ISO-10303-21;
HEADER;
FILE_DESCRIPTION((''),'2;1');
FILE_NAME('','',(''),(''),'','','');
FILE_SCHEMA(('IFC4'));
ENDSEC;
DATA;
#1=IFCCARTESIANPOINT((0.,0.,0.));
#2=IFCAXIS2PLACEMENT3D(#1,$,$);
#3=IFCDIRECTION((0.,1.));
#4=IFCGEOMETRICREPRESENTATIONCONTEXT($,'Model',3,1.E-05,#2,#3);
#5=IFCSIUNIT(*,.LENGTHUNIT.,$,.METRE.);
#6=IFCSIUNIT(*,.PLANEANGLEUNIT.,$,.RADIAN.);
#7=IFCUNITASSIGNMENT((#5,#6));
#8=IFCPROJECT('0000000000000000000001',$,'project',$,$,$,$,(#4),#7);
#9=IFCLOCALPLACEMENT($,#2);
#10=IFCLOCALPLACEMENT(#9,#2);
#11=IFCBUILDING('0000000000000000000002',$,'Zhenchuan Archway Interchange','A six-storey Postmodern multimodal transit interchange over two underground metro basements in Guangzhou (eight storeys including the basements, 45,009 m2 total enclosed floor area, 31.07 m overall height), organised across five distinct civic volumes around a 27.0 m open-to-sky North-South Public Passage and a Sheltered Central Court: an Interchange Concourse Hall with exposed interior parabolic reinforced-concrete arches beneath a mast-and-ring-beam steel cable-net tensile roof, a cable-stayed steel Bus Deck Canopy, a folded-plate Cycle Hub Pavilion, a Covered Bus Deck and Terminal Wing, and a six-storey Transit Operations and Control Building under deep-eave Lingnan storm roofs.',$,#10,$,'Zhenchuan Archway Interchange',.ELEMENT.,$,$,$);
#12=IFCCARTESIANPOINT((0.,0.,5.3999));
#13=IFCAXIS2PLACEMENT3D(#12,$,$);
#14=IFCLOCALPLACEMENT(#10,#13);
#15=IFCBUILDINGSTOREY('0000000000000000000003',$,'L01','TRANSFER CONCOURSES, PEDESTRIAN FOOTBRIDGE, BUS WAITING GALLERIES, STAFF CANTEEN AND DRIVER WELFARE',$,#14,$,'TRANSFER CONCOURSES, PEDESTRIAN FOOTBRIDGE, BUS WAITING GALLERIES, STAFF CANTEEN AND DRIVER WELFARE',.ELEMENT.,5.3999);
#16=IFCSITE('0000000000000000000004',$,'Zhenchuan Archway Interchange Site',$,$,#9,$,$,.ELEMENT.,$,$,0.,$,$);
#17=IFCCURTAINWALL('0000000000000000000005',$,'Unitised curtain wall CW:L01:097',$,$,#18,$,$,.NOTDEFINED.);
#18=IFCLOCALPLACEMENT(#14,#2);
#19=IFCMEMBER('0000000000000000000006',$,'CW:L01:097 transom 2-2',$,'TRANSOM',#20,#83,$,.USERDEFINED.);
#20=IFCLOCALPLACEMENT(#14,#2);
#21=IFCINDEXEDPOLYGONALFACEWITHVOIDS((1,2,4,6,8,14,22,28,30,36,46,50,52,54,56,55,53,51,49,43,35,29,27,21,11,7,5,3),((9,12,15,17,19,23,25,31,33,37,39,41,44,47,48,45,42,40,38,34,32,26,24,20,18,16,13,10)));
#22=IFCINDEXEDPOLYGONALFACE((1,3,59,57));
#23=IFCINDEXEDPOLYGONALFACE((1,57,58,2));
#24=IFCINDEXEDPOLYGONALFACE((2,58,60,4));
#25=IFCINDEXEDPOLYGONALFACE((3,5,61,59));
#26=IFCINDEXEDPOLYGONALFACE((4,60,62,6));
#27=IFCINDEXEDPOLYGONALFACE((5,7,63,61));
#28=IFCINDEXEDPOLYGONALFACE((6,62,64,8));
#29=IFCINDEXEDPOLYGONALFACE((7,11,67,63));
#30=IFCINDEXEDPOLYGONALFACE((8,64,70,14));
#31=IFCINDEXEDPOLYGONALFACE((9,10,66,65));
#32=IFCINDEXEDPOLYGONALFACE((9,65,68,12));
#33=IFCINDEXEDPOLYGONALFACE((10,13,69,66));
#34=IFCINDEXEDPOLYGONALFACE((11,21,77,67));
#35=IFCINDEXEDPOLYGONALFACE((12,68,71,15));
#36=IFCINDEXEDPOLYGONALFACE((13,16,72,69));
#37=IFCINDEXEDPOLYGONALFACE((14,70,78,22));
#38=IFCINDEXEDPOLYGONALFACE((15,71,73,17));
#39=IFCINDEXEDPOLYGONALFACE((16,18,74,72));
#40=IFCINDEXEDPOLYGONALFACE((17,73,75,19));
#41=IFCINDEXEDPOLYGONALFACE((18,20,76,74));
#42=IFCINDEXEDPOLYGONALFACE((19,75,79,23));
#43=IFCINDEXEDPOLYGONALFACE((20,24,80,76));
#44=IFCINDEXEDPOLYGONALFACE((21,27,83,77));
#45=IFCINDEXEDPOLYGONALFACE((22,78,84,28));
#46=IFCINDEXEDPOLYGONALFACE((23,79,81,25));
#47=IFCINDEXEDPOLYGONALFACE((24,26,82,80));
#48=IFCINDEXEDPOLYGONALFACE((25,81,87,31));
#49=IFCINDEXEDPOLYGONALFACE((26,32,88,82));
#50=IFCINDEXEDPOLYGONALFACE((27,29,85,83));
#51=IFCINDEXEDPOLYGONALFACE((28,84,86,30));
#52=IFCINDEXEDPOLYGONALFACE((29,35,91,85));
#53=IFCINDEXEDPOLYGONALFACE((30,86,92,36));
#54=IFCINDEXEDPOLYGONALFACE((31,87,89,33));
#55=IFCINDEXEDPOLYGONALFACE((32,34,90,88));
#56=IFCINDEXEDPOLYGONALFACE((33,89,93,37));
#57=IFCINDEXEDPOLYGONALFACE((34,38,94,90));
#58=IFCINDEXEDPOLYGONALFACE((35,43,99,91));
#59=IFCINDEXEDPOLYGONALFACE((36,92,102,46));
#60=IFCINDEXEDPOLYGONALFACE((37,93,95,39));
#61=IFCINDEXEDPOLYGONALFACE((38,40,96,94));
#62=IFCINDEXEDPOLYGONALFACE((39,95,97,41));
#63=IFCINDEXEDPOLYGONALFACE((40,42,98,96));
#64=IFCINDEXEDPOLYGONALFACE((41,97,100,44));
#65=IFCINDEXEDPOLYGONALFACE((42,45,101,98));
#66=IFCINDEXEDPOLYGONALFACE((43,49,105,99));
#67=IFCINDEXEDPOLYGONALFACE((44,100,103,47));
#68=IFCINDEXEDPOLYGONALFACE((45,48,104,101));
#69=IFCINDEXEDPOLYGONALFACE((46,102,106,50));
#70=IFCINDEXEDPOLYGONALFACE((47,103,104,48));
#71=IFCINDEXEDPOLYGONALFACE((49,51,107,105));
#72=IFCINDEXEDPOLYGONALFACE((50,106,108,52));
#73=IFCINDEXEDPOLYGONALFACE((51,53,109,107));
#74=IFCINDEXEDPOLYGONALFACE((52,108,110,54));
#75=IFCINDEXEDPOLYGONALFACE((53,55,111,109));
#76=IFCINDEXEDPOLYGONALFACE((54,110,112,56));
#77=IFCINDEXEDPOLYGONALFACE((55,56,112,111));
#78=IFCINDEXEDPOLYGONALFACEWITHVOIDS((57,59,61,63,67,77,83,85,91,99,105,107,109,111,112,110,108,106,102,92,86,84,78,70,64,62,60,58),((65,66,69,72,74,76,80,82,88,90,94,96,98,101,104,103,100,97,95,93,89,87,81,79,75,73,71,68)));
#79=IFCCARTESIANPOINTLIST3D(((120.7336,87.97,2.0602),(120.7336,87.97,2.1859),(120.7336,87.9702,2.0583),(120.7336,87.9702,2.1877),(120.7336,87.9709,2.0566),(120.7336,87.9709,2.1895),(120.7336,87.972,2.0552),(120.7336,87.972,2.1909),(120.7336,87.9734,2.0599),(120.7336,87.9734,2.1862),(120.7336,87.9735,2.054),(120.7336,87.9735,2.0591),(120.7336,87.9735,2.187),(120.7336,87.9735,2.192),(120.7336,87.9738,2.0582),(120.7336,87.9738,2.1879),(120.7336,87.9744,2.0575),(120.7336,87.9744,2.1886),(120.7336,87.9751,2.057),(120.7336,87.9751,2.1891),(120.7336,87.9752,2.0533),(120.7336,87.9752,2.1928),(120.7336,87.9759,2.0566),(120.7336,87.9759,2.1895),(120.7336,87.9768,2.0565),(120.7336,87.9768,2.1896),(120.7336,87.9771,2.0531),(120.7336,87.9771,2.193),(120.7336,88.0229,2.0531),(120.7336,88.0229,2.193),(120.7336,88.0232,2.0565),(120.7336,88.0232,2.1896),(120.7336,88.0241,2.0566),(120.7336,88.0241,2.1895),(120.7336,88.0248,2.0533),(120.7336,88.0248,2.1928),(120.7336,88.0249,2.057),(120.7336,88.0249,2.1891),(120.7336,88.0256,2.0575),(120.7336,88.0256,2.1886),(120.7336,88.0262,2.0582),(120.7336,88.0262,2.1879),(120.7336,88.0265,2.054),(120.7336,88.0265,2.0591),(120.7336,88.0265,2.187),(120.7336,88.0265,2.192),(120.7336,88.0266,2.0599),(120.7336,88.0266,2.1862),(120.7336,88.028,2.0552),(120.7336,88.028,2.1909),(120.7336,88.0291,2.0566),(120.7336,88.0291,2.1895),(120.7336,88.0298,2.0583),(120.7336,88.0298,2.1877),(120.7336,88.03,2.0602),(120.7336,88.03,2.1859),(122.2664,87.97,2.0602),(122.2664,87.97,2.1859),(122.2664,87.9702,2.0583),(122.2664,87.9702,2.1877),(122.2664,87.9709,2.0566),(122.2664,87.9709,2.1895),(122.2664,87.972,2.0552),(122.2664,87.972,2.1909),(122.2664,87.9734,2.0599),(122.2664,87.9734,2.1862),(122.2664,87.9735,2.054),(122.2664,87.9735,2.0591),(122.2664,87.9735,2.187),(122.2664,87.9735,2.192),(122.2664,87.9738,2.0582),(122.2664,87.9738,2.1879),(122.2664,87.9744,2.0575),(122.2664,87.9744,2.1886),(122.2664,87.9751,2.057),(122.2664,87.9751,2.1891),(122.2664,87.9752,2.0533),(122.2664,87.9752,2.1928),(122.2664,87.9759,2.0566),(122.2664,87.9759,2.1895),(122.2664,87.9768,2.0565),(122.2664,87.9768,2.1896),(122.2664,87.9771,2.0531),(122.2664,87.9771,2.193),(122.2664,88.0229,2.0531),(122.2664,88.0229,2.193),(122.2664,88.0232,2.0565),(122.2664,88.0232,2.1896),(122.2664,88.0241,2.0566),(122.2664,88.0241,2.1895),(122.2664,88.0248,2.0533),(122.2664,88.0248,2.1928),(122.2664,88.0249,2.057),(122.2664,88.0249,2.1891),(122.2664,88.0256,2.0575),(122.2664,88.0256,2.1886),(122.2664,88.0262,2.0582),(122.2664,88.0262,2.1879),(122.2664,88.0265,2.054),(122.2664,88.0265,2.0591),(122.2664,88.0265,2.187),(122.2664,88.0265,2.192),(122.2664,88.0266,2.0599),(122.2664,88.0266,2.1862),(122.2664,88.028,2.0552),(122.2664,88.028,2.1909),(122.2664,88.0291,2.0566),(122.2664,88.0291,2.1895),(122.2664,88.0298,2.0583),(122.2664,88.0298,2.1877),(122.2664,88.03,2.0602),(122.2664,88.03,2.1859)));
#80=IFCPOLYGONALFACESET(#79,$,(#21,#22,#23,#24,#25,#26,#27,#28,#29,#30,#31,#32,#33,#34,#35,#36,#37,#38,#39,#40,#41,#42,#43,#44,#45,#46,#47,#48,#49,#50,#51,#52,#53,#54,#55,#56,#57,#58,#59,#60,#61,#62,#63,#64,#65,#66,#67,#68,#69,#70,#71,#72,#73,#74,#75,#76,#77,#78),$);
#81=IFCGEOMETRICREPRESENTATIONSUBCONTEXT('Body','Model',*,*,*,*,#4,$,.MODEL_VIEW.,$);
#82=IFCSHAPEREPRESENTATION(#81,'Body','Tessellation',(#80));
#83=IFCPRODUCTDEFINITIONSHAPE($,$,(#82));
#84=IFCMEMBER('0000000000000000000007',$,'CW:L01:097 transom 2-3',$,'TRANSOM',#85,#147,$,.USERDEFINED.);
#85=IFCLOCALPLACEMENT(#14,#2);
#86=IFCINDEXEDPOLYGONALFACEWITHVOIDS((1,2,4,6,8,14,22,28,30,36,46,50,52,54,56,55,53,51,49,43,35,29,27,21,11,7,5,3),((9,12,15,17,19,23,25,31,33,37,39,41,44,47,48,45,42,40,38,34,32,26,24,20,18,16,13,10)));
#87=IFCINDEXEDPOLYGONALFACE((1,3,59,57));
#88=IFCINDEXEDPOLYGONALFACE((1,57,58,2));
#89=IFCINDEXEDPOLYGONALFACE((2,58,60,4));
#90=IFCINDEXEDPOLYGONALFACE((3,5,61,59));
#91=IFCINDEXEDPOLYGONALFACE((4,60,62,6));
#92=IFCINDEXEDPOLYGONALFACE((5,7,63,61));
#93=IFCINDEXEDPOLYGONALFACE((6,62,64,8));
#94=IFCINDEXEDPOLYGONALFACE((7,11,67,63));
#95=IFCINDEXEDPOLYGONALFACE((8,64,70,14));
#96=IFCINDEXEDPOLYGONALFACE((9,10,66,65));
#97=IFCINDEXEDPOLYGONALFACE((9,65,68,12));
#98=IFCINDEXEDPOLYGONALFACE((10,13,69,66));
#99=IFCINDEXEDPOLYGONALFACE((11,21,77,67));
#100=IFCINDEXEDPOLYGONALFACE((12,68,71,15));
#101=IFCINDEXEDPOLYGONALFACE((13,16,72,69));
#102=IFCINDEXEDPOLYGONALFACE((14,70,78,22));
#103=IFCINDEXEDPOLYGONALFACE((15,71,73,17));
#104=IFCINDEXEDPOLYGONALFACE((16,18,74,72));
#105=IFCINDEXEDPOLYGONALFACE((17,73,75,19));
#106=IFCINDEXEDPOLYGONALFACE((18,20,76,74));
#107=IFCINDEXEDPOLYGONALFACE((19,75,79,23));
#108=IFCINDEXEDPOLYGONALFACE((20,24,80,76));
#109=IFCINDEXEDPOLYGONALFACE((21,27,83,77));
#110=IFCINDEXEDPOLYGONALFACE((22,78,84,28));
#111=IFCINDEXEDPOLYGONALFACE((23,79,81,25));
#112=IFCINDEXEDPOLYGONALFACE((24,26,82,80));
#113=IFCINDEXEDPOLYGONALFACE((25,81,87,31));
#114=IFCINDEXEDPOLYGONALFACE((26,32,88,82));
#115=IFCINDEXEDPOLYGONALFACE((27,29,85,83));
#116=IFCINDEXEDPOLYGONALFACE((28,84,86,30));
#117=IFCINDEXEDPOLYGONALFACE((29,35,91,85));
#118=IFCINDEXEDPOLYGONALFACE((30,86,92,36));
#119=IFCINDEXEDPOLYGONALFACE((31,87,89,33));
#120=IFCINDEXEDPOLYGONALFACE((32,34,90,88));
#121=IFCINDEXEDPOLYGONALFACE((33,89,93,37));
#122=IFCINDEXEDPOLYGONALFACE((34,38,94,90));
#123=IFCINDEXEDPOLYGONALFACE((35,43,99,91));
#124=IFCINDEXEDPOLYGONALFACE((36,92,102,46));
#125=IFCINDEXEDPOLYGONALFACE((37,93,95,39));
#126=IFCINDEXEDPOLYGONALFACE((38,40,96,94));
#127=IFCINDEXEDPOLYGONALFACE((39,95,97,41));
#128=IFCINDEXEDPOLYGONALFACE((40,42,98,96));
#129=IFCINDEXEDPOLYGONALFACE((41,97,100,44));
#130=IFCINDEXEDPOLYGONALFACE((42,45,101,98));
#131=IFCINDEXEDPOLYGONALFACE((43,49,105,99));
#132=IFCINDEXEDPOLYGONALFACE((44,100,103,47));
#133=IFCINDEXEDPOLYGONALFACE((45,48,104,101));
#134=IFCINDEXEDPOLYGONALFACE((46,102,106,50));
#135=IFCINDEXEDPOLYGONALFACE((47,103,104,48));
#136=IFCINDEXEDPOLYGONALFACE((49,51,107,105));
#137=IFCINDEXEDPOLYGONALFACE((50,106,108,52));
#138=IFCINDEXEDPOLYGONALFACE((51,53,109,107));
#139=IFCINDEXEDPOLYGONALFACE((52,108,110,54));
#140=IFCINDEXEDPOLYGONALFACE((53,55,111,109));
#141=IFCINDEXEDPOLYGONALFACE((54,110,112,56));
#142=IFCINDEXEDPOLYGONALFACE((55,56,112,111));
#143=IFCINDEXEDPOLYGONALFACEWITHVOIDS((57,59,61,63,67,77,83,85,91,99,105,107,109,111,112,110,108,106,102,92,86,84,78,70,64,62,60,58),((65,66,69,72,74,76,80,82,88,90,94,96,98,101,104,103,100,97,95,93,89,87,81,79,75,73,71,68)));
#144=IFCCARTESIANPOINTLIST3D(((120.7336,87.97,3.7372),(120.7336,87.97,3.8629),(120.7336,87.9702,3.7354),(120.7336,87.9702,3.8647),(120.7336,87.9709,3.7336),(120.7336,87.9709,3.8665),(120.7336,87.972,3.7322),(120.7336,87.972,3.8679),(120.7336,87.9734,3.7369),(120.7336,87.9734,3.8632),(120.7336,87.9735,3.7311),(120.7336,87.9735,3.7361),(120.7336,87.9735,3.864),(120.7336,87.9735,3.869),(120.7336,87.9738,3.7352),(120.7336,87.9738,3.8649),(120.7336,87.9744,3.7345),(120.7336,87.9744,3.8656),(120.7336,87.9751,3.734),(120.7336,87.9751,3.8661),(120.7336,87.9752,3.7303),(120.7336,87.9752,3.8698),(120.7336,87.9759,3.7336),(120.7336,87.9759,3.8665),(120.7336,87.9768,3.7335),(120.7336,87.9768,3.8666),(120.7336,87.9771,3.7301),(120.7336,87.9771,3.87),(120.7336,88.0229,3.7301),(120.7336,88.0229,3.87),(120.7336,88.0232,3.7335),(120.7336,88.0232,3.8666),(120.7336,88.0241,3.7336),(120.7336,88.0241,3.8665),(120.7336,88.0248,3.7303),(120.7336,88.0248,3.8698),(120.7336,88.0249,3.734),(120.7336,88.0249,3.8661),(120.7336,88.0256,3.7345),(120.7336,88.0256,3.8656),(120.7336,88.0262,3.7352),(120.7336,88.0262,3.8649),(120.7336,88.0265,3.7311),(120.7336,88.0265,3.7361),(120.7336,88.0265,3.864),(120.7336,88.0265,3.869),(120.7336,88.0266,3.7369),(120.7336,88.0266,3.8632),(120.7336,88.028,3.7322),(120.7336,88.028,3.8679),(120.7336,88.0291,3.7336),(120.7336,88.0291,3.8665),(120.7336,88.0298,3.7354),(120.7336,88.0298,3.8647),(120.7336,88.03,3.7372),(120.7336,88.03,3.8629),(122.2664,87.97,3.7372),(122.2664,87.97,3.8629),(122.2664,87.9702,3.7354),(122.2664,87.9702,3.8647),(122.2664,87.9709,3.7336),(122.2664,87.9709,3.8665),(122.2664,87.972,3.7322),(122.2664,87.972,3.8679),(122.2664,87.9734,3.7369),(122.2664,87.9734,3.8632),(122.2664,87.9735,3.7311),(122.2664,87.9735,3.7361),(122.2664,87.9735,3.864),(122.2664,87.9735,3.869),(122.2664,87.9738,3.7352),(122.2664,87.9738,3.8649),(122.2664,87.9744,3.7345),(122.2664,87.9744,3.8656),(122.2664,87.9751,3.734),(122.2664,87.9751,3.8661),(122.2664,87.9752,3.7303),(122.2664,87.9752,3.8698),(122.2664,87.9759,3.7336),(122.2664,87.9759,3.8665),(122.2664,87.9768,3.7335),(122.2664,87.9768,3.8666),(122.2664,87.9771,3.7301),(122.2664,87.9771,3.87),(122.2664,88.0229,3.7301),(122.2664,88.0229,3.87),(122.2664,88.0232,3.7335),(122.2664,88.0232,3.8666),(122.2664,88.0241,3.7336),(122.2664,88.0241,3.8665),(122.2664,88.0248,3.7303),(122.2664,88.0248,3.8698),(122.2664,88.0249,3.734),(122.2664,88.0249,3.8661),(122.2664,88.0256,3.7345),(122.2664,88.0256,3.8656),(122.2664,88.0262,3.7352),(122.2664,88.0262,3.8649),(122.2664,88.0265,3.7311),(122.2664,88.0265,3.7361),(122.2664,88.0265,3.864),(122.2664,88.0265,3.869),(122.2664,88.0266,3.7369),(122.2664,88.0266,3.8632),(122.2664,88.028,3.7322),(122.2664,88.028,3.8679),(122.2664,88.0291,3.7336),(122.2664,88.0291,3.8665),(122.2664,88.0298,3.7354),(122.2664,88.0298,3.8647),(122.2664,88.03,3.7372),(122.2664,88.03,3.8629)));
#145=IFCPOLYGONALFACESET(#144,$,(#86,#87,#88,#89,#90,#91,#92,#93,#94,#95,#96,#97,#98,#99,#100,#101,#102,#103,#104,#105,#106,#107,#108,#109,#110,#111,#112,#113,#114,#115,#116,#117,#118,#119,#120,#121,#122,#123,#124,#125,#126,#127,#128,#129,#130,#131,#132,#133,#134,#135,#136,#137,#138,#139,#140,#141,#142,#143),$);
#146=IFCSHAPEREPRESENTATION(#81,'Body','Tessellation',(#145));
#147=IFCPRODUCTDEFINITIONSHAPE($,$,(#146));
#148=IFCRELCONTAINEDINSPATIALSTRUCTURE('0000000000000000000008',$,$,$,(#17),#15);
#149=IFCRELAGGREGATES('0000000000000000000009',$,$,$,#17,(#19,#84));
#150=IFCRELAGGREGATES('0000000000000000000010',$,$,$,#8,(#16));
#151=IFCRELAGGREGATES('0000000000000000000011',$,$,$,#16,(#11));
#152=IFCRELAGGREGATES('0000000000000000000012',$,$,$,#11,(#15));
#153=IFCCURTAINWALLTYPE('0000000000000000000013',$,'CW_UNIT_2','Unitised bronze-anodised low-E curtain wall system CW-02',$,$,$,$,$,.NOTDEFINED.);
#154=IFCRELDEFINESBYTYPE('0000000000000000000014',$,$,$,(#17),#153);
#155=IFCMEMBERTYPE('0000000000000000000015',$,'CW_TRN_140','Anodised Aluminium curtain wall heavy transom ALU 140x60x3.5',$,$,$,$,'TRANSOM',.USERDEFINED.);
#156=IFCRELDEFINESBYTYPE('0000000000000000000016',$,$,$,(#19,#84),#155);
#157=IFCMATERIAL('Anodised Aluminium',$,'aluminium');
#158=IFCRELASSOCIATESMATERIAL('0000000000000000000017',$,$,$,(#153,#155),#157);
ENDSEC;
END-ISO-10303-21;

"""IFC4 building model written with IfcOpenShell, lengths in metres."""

from ifc_helpers import new_model, si_unit, direction, frame, origin, origin_2d, place, context, subcontext, project, spatial, hollow_rectangle, extrude, material, material_profile, profile_set, type_object, element, aggregate, save


model = new_model("IFC4")

# Units and contexts
model_context = context("Model", 3, precision=1e-05, world=origin(), true_north=direction((0.0, 1.0)))
body_context = subcontext(model_context, "Body", "Model", "MODEL_VIEW")
ifc_project = project(units=[si_unit("LENGTHUNIT", "METRE"), si_unit("PLANEANGLEUNIT", "RADIAN")], contexts=[model_context])

# Site, building, storey
site_placement = place(None, origin())
site = spatial("IfcSite", under=ifc_project, at=site_placement, Name="Zhenchuan Archway Interchange Site", CompositionType="ELEMENT", RefElevation=0.0)
building_placement = place(site_placement, origin())
building = spatial("IfcBuilding", under=site, at=building_placement, Name="Zhenchuan Archway Interchange", Description="A six-storey Postmodern multimodal transit interchange over two underground metro basements in Guangzhou (eight storeys including the basements, 45,009 m2 total enclosed floor area, 31.07 m overall height), organised across five distinct civic volumes around a 27.0 m open-to-sky North-South Public Passage and a Sheltered Central Court: an Interchange Concourse Hall with exposed interior parabolic reinforced-concrete arches beneath a mast-and-ring-beam steel cable-net tensile roof, a cable-stayed steel Bus Deck Canopy, a folded-plate Cycle Hub Pavilion, a Covered Bus Deck and Terminal Wing, and a six-storey Transit Operations and Control Building under deep-eave Lingnan storm roofs.", LongName="Zhenchuan Archway Interchange", CompositionType="ELEMENT")
storey_placement = place(building_placement, frame((0.0, 0.0, 5.3999)))
storey = spatial("IfcBuildingStorey", under=building, at=storey_placement, Name="L01", Description="TRANSFER CONCOURSES, PEDESTRIAN FOOTBRIDGE, BUS WAITING GALLERIES, STAFF CANTEEN AND DRIVER WELFARE", LongName="TRANSFER CONCOURSES, PEDESTRIAN FOOTBRIDGE, BUS WAITING GALLERIES, STAFF CANTEEN AND DRIVER WELFARE", CompositionType="ELEMENT", Elevation=5.3999)

# Curtain wall, members
ifc_material_1 = material(Name="Anodised Aluminium", Category="aluminium")
curtain_wall_type = type_object("IfcCurtainWallType", Name="CW_UNIT_2", Description="Unitised bronze-anodised low-E curtain wall system CW-02", PredefinedType="NOTDEFINED", material=ifc_material_1)
curtain_wall_placement = place(storey_placement, origin())
curtain_wall = element("IfcCurtainWall", 1, at=curtain_wall_placement, inside=storey, type_object=curtain_wall_type, Name="Unitised curtain wall CW:L01:097", PredefinedType="NOTDEFINED")
ifc_material_profile_1 = material_profile(ifc_material_1, hollow_rectangle(XDim=0.0601, YDim=0.1399, WallThickness=0.0034, InnerFilletRadius=0.0034, OuterFilletRadius=0.0071, at=origin_2d()), Name="ALU 140x60x3.5")
ifc_profile_set_1 = profile_set([ifc_material_profile_1], Name="Anodised Aluminium")
member_type_1 = type_object("IfcMemberType", Name="CW_TRN_140", Description="Anodised Aluminium curtain wall heavy transom ALU 140x60x3.5", ElementType="TRANSOM", PredefinedType="USERDEFINED", material=ifc_profile_set_1)
member_1_placement = place(storey_placement, frame((122.2664, 88.0, 2.123), z_axis=(-1.0, 0.0, 0.0), x_axis=(0.0, -1.0, 0.0)))
member_1 = element("IfcMember", 2, at=member_1_placement, type_object=member_type_1, Name="CW:L01:097 transom 2-2", ObjectType="TRANSOM", PredefinedType="USERDEFINED", context=body_context, shape_type="SweptSolid", body=[
    extrude(hollow_rectangle(XDim=0.0601, YDim=0.1399, WallThickness=0.0034, InnerFilletRadius=0.0034, OuterFilletRadius=0.0071, at=origin_2d()), origin(), (0.0, 0.0, 1.0), 1.5327),
])
member_2_placement = place(storey_placement, frame((122.2664, 88.0, 3.8), z_axis=(-1.0, 0.0, 0.0), x_axis=(0.0, -1.0, 0.0)))
member_2 = element("IfcMember", 3, at=member_2_placement, type_object=member_type_1, Name="CW:L01:097 transom 2-3", ObjectType="TRANSOM", PredefinedType="USERDEFINED", context=body_context, shape_type="SweptSolid", body=[
    extrude(hollow_rectangle(XDim=0.0601, YDim=0.1399, WallThickness=0.0034, InnerFilletRadius=0.0034, OuterFilletRadius=0.0071, at=origin_2d()), origin(), (0.0, 0.0, 1.0), 1.5327),
])

aggregate(curtain_wall, [member_1, member_2])

save(model, "model.ifc")
